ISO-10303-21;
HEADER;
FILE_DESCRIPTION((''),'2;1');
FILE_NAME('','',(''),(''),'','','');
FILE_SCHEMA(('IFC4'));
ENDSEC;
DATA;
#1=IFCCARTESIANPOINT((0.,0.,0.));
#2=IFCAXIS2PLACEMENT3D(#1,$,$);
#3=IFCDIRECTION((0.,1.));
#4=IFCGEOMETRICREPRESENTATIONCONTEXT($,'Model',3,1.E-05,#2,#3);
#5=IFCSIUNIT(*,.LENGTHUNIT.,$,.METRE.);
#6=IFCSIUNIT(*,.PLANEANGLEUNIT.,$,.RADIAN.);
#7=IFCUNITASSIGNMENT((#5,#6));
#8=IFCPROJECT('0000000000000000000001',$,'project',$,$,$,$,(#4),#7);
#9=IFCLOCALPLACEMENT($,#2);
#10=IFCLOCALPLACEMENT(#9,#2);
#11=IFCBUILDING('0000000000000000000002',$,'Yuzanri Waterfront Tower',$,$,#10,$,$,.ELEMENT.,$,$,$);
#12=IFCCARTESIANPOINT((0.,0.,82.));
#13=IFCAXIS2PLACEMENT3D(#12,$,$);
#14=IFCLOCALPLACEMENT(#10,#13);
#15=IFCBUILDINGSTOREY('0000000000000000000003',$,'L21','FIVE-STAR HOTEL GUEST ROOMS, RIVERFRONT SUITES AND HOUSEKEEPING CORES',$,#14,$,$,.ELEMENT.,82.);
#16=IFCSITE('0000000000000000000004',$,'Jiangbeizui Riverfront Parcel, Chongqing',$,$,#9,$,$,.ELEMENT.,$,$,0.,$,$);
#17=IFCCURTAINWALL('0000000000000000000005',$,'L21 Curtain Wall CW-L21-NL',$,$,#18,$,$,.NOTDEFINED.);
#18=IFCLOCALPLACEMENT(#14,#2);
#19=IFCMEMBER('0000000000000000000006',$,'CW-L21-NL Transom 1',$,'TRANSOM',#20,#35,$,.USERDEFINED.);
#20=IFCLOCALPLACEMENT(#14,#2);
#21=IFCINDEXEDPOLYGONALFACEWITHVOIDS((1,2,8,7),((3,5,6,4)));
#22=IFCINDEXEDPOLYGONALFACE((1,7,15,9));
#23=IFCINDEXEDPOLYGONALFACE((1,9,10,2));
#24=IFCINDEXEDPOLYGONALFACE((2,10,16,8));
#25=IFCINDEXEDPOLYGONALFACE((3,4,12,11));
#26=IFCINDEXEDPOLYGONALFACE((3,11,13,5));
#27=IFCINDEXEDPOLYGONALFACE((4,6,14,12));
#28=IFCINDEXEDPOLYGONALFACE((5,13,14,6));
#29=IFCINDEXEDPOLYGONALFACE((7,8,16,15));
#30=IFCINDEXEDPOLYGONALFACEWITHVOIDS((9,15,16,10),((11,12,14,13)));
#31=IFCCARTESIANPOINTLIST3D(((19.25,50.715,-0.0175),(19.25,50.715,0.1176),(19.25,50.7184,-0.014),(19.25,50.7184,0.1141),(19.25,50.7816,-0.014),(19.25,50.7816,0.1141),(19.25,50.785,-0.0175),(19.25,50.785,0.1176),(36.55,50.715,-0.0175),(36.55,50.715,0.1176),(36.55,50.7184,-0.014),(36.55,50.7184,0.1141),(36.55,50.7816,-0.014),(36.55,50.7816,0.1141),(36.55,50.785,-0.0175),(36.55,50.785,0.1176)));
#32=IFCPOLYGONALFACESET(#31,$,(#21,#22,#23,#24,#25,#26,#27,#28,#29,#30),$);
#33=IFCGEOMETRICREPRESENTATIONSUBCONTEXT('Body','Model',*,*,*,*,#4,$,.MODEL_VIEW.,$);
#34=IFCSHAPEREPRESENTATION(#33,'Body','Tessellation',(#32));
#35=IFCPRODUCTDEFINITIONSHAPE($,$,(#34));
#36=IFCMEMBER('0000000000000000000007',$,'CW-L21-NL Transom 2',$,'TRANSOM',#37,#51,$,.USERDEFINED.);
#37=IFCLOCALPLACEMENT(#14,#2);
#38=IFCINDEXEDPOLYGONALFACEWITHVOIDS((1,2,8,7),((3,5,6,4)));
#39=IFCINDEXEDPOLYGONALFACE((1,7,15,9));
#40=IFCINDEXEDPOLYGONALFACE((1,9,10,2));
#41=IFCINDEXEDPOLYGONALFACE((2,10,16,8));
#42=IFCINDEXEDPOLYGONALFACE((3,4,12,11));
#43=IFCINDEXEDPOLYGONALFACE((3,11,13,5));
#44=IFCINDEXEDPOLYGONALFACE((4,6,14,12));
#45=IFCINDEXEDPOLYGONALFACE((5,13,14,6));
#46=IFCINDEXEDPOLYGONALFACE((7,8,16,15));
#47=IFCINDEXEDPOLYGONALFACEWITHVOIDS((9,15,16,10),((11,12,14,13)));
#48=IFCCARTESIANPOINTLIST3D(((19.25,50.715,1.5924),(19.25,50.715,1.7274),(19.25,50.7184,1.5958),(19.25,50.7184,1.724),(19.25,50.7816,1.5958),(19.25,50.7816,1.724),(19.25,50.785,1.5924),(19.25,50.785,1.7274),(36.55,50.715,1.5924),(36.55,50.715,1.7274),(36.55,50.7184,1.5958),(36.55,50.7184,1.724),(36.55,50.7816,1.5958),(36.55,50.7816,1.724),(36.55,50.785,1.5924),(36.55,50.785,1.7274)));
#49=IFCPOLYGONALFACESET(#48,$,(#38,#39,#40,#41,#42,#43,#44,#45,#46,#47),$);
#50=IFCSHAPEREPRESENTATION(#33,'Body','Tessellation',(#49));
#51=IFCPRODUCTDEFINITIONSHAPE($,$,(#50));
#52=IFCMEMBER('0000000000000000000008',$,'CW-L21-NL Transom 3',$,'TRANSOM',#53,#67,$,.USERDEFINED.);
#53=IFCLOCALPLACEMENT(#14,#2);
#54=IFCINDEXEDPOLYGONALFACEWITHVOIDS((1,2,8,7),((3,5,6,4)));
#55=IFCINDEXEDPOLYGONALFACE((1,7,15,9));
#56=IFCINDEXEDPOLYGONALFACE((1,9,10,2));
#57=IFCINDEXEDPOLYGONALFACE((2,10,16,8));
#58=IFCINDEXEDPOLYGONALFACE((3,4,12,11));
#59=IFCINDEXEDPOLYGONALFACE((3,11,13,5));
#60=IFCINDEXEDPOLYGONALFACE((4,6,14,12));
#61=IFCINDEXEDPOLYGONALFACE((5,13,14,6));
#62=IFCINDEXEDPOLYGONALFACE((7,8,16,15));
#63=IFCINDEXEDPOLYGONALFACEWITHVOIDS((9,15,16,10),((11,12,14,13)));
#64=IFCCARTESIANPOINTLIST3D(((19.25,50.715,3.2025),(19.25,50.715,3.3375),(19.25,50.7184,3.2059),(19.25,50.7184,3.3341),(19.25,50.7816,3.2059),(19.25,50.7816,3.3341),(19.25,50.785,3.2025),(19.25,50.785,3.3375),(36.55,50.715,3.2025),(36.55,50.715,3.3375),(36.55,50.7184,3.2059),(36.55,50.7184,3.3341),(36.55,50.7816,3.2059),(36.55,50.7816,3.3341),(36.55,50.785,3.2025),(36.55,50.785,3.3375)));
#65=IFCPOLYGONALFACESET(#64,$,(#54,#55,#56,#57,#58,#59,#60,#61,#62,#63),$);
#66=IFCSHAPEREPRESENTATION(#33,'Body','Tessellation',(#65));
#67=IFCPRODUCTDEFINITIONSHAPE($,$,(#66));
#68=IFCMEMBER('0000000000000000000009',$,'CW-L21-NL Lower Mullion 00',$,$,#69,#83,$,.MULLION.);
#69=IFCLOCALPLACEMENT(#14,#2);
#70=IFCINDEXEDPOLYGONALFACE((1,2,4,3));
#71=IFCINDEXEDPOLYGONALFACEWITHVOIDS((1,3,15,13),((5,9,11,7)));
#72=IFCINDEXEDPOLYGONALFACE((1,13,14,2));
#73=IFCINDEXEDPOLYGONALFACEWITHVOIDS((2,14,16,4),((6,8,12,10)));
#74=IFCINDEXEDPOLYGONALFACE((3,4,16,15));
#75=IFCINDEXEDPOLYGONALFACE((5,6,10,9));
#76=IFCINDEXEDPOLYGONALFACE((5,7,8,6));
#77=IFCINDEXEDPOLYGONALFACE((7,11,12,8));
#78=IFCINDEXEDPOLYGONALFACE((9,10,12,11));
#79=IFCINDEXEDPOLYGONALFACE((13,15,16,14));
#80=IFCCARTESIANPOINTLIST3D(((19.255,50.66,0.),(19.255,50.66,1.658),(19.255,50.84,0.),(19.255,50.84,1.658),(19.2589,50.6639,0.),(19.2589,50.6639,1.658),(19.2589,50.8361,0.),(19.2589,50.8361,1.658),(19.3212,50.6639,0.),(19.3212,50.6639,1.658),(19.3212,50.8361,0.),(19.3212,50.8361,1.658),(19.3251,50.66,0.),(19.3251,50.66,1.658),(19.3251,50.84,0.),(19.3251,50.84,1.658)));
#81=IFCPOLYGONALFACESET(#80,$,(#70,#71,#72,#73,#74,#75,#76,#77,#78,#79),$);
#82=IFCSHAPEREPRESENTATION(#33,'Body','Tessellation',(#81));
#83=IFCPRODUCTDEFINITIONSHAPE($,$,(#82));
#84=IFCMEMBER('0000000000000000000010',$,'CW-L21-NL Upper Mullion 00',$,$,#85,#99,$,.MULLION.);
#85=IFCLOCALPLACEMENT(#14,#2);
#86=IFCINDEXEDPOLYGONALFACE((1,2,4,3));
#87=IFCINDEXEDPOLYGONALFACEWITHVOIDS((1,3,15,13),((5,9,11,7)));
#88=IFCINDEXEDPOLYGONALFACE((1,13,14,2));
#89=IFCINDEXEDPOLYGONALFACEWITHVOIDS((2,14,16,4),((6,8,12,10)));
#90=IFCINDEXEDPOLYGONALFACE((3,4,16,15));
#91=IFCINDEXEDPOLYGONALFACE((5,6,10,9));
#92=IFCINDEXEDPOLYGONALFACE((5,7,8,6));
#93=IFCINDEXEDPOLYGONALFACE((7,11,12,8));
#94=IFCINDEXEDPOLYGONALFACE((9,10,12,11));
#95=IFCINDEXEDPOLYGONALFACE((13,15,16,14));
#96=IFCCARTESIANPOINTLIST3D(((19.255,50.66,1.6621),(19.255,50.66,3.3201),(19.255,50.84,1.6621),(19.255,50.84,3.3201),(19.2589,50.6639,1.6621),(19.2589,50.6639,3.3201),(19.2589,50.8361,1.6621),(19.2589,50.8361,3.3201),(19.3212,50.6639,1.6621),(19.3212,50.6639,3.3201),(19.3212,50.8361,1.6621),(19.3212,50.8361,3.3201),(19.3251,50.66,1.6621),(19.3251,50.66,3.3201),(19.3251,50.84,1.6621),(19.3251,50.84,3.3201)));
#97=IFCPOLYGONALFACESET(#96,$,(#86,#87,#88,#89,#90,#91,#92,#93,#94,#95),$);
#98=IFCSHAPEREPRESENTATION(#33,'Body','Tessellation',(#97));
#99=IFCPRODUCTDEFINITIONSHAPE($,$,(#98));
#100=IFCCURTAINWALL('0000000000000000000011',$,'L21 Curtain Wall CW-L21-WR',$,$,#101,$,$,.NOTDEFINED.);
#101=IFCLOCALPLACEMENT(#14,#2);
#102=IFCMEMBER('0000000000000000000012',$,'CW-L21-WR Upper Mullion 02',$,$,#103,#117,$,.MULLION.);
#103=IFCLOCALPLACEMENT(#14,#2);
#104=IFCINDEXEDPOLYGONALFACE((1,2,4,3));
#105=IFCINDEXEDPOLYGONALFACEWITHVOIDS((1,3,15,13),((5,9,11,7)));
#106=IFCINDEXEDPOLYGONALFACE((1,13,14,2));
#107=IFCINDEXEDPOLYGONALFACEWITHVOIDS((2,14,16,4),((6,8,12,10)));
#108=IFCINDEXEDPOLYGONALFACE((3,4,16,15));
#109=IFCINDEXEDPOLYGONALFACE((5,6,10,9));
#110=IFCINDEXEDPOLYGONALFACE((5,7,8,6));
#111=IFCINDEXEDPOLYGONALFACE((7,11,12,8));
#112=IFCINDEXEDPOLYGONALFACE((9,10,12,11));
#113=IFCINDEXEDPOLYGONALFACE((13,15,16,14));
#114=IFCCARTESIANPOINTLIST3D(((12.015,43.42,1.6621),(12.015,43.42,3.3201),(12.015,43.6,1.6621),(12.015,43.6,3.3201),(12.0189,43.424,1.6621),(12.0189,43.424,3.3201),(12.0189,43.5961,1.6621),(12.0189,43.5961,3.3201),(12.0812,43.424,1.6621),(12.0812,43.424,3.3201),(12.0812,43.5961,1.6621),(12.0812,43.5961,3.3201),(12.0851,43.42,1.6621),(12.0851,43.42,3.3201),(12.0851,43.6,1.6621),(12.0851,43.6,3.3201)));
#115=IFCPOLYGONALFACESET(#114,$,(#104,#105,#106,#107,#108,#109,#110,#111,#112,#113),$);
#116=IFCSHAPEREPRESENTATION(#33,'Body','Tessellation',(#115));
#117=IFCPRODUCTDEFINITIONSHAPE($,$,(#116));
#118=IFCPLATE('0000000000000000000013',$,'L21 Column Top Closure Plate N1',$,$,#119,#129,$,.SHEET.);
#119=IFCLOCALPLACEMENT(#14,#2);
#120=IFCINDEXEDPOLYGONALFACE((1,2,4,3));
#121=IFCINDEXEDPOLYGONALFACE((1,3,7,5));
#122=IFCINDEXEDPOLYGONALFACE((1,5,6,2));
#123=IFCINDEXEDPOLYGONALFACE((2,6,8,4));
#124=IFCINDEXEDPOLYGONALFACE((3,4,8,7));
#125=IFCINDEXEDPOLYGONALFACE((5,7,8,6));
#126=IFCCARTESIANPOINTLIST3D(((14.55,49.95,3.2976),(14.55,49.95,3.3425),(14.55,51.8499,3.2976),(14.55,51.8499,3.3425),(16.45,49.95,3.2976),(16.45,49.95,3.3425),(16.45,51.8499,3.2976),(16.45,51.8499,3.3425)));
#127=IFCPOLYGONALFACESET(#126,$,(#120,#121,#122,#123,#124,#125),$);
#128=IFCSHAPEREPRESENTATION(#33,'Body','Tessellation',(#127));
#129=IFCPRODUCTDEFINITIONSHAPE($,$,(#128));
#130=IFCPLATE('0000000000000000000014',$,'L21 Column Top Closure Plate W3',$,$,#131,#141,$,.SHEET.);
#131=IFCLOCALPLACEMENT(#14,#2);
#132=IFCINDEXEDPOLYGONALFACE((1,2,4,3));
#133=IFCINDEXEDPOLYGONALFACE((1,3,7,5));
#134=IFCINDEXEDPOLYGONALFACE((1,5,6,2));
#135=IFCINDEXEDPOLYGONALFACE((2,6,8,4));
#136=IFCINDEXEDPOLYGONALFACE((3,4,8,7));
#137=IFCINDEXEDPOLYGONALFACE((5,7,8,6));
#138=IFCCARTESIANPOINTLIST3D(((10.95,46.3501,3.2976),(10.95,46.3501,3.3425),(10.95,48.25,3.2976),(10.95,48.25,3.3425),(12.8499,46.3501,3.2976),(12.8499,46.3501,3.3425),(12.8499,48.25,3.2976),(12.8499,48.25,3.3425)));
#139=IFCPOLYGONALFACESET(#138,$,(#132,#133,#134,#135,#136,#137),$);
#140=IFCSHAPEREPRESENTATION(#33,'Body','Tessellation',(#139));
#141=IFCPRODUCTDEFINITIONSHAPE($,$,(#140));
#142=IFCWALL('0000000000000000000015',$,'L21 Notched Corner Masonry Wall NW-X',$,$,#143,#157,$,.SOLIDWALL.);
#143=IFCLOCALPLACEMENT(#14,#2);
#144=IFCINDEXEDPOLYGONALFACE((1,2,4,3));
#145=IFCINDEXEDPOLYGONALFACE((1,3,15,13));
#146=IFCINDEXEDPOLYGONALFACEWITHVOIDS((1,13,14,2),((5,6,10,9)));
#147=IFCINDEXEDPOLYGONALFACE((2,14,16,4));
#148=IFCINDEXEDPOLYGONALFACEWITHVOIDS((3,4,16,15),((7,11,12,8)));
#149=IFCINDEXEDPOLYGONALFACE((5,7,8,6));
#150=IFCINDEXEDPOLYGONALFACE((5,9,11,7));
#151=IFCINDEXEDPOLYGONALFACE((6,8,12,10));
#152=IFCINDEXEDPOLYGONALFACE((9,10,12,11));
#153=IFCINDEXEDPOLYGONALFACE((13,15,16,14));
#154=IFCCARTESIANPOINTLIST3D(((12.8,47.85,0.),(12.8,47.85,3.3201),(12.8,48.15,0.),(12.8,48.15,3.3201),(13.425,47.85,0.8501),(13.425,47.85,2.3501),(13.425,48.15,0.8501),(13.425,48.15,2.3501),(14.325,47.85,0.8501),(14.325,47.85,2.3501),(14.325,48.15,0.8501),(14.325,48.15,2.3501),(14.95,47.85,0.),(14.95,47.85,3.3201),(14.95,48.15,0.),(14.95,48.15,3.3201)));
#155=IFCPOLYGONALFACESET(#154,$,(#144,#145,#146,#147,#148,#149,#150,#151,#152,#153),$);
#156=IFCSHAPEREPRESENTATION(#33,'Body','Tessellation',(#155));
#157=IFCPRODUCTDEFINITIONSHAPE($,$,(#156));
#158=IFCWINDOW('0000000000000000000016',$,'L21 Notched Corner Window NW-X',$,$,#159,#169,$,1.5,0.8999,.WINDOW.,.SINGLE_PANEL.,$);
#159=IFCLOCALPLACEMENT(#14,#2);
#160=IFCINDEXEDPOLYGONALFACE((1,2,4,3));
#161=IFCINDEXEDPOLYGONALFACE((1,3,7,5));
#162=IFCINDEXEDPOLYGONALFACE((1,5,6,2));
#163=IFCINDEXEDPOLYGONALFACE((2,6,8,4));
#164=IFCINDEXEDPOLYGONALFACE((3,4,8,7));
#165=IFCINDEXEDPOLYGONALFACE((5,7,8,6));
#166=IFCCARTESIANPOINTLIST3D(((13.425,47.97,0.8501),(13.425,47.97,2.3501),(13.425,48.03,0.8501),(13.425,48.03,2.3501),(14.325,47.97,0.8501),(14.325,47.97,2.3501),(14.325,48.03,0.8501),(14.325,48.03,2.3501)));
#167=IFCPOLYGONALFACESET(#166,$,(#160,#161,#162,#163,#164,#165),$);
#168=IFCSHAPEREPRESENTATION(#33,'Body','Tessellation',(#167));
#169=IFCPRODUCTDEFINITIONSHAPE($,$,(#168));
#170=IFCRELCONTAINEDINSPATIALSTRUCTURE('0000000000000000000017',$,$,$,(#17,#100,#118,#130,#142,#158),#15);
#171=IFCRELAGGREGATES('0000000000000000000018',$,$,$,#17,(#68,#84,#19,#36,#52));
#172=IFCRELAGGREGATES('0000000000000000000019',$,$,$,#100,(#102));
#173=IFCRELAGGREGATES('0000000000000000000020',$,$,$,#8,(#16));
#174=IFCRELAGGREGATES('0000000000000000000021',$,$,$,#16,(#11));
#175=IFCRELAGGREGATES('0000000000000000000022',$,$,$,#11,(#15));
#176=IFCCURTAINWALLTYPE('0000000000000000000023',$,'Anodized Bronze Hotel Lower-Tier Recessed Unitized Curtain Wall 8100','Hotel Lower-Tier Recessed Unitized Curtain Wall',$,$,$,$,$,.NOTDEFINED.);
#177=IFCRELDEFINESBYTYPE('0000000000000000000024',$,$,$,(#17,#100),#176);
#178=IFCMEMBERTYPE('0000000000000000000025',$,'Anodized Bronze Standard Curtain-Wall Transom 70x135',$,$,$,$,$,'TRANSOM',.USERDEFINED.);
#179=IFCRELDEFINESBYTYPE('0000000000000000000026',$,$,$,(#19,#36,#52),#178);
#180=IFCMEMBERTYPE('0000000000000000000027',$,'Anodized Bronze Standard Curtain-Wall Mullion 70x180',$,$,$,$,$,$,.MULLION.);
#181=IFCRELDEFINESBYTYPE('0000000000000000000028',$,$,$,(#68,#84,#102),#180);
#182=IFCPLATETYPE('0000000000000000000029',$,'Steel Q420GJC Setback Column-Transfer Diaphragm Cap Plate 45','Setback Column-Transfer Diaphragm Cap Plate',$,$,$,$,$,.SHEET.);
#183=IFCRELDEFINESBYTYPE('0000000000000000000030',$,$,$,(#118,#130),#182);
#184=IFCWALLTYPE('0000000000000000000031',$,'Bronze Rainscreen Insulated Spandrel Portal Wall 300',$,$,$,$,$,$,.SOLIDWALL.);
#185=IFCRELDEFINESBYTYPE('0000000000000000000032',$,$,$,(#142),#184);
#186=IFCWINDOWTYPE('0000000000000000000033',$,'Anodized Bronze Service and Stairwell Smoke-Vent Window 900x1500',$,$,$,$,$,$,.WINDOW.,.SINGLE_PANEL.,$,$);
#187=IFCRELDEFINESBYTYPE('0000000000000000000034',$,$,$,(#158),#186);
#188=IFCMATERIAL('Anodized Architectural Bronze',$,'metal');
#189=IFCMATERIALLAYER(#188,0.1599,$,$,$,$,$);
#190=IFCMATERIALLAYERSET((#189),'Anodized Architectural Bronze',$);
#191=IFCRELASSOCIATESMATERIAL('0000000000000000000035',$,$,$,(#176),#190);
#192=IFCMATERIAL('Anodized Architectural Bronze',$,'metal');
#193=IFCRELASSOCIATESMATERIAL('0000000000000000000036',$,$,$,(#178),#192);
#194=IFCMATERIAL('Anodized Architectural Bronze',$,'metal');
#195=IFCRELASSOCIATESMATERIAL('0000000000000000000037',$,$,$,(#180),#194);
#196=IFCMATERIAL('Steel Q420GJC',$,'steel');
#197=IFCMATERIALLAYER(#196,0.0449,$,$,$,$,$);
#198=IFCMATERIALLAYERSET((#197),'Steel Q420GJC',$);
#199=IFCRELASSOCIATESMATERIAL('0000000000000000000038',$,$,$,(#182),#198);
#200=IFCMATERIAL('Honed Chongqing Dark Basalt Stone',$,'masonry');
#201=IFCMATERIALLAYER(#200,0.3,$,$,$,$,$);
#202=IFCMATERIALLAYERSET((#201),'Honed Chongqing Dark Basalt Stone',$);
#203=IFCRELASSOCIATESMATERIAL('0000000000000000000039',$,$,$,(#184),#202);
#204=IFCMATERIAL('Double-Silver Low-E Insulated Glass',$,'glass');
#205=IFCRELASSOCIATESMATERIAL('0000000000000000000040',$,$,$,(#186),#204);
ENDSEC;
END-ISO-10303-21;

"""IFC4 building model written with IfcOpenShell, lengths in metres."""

from ifc_helpers import new_model, si_unit, direction, frame, frame_2d, origin, origin_2d, place, context, subcontext, project, spatial, rectangle, hollow_rectangle, extrude, source, transform, mapped, material, layer, layer_set, material_profile, profile_set, type_object, element, fill, aggregate, save


model = new_model("IFC4")

# Units and contexts
model_context = context("Model", 3, precision=1e-05, world=origin(), true_north=direction((0.0, 1.0)))
body_context = subcontext(model_context, "Body", "Model", "MODEL_VIEW")
ifc_project = project(units=[si_unit("LENGTHUNIT", "METRE"), si_unit("PLANEANGLEUNIT", "RADIAN")], contexts=[model_context])

# Site, building, storey
site_placement = place(None, origin())
site = spatial("IfcSite", under=ifc_project, at=site_placement, Name="Jiangbeizui Riverfront Parcel, Chongqing", CompositionType="ELEMENT", RefElevation=0.0)
building_placement = place(site_placement, origin())
building = spatial("IfcBuilding", under=site, at=building_placement, Name="Yuzanri Waterfront Tower", CompositionType="ELEMENT")
storey_placement = place(building_placement, frame((0.0, 0.0, 82.0)))
storey = spatial("IfcBuildingStorey", under=building, at=storey_placement, Name="L21", Description="FIVE-STAR HOTEL GUEST ROOMS, RIVERFRONT SUITES AND HOUSEKEEPING CORES", CompositionType="ELEMENT", Elevation=82.0)

# Curtain wall, members
ifc_material_1 = material(Name="Anodized Architectural Bronze", Category="metal")
ifc_layer_1 = layer(ifc_material_1, 0.1599)
ifc_layer_set_1 = layer_set([ifc_layer_1], Name="Anodized Architectural Bronze")
curtain_wall_type = type_object("IfcCurtainWallType", Name="Anodized Bronze Hotel Lower-Tier Recessed Unitized Curtain Wall 8100", Description="Hotel Lower-Tier Recessed Unitized Curtain Wall", PredefinedType="NOTDEFINED", material=ifc_layer_set_1)
curtain_wall_1_placement = place(storey_placement, origin())
curtain_wall_1 = element("IfcCurtainWall", 1, at=curtain_wall_1_placement, inside=storey, type_object=curtain_wall_type, Name="L21 Curtain Wall CW-L21-NL", PredefinedType="NOTDEFINED")
ifc_material_2 = material(Name="Anodized Architectural Bronze", Category="metal")
ifc_material_profile_1 = material_profile(ifc_material_2, hollow_rectangle(XDim=0.0701, YDim=0.135, WallThickness=0.0034, at=origin_2d()), Name="CWT 70x135")
ifc_profile_set_1 = profile_set([ifc_material_profile_1], Name="Anodized Architectural Bronze")
member_type_1 = type_object("IfcMemberType", Name="Anodized Bronze Standard Curtain-Wall Transom 70x135", ElementType="TRANSOM", PredefinedType="USERDEFINED", material=ifc_profile_set_1)
shared_shape_1 = source(origin(), body_context, "Body", "SweptSolid", [
    extrude(hollow_rectangle(XDim=0.0701, YDim=0.135, WallThickness=0.0034, at=origin_2d()), origin(), (0.0, 0.0, 1.0), 17.3),
])
member_1_placement = place(storey_placement, frame((19.25, 50.75, 0.05), z_axis=(1.0, 0.0, 0.0), x_axis=(0.0, 1.0, 0.0)))
member_1 = element("IfcMember", 2, at=member_1_placement, type_object=member_type_1, Name="CW-L21-NL Transom 1", ObjectType="TRANSOM", PredefinedType="USERDEFINED", context=body_context, shape_type="MappedRepresentation", body=[
    mapped(shared_shape_1, transform((0.0, 0.0, 0.0), scale=1.0)),
])
member_2_placement = place(storey_placement, frame((19.25, 50.75, 1.6599), z_axis=(1.0, 0.0, 0.0), x_axis=(0.0, 1.0, 0.0)))
member_2 = element("IfcMember", 3, at=member_2_placement, type_object=member_type_1, Name="CW-L21-NL Transom 2", ObjectType="TRANSOM", PredefinedType="USERDEFINED", context=body_context, shape_type="MappedRepresentation", body=[
    mapped(shared_shape_1, transform((0.0, 0.0, 0.0), scale=1.0)),
])
member_3_placement = place(storey_placement, frame((19.25, 50.75, 3.27), z_axis=(1.0, 0.0, 0.0), x_axis=(0.0, 1.0, 0.0)))
member_3 = element("IfcMember", 4, at=member_3_placement, type_object=member_type_1, Name="CW-L21-NL Transom 3", ObjectType="TRANSOM", PredefinedType="USERDEFINED", context=body_context, shape_type="MappedRepresentation", body=[
    mapped(shared_shape_1, transform((0.0, 0.0, 0.0), scale=1.0)),
])
ifc_material_3 = material(Name="Anodized Architectural Bronze", Category="metal")
ifc_material_profile_2 = material_profile(ifc_material_3, hollow_rectangle(XDim=0.0701, YDim=0.1799, WallThickness=0.0039, at=origin_2d()), Name="CWM 70x180")
ifc_profile_set_2 = profile_set([ifc_material_profile_2], Name="Anodized Architectural Bronze")
member_type_2 = type_object("IfcMemberType", Name="Anodized Bronze Standard Curtain-Wall Mullion 70x180", PredefinedType="MULLION", material=ifc_profile_set_2)
shared_shape_2 = source(origin(), body_context, "Body", "SweptSolid", [
    extrude(hollow_rectangle(XDim=0.0701, YDim=0.1799, WallThickness=0.0039, at=origin_2d()), origin(), (0.0, 0.0, 1.0), 1.658),
])
member_4_placement = place(storey_placement, frame((19.29, 50.75, 0.0), z_axis=(0.0, 0.0, 1.0), x_axis=(1.0, 0.0, 0.0)))
member_4 = element("IfcMember", 5, at=member_4_placement, type_object=member_type_2, Name="CW-L21-NL Lower Mullion 00", PredefinedType="MULLION", context=body_context, shape_type="MappedRepresentation", body=[
    mapped(shared_shape_2, transform((0.0, 0.0, 0.0), scale=1.0)),
])
member_5_placement = place(storey_placement, frame((19.29, 50.75, 1.6621), z_axis=(0.0, 0.0, 1.0), x_axis=(1.0, 0.0, 0.0)))
member_5 = element("IfcMember", 6, at=member_5_placement, type_object=member_type_2, Name="CW-L21-NL Upper Mullion 00", PredefinedType="MULLION", context=body_context, shape_type="MappedRepresentation", body=[
    mapped(shared_shape_2, transform((0.0, 0.0, 0.0), scale=1.0)),
])
aggregate(curtain_wall_1, [member_4, member_5, member_1, member_2, member_3])

# Curtain wall, member
curtain_wall_2_placement = place(storey_placement, origin())
curtain_wall_2 = element("IfcCurtainWall", 7, at=curtain_wall_2_placement, inside=storey, type_object=curtain_wall_type, Name="L21 Curtain Wall CW-L21-WR", PredefinedType="NOTDEFINED")
member_6_placement = place(storey_placement, frame((12.05, 43.51, 1.6621), z_axis=(0.0, 0.0, 1.0), x_axis=(1.0, 0.0, 0.0)))
member_6 = element("IfcMember", 8, at=member_6_placement, type_object=member_type_2, Name="CW-L21-WR Upper Mullion 02", PredefinedType="MULLION", context=body_context, shape_type="MappedRepresentation", body=[
    mapped(shared_shape_2, transform((0.0, 0.0, 0.0), scale=1.0)),
])
aggregate(curtain_wall_2, [member_6])

# Plates
ifc_material_4 = material(Name="Steel Q420GJC", Category="steel")
ifc_layer_2 = layer(ifc_material_4, 0.0449)
ifc_layer_set_2 = layer_set([ifc_layer_2], Name="Steel Q420GJC")
plate_type = type_object("IfcPlateType", Name="Steel Q420GJC Setback Column-Transfer Diaphragm Cap Plate 45", Description="Setback Column-Transfer Diaphragm Cap Plate", PredefinedType="SHEET", material=ifc_layer_set_2)
shared_shape_3 = source(origin(), body_context, "Body", "SweptSolid", [
    extrude(rectangle(XDim=1.8999, YDim=1.8999, at=origin_2d()), origin(), (0.0, 0.0, 1.0), 0.0449),
])
for number, where, z_axis, x_axis, name in (
    (9, (15.5, 50.8999, 3.2976), (0.0, 0.0, 1.0), (1.0, 0.0, 0.0), "L21 Column Top Closure Plate N1"),
    (10, (11.8999, 47.3, 3.2976), (0.0, 0.0, 1.0), (1.0, 0.0, 0.0), "L21 Column Top Closure Plate W3"),
):
    element("IfcPlate", number, at=place(storey_placement, frame(where, z_axis=z_axis, x_axis=x_axis)), inside=storey, type_object=plate_type, Name=name, PredefinedType="SHEET", context=body_context, shape_type="MappedRepresentation", body=[
        mapped(shared_shape_3, transform((0.0, 0.0, 0.0), scale=1.0)),
    ])

# Wall, opening, window
ifc_material_5 = material(Name="Honed Chongqing Dark Basalt Stone", Category="masonry")
ifc_layer_3 = layer(ifc_material_5, 0.3)
ifc_layer_set_3 = layer_set([ifc_layer_3], Name="Honed Chongqing Dark Basalt Stone")
wall_type = type_object("IfcWallType", Name="Bronze Rainscreen Insulated Spandrel Portal Wall 300", PredefinedType="SOLIDWALL", material=ifc_layer_set_3)
wall_1_placement = place(storey_placement, frame((14.95, 48.0, 0.0), z_axis=(0.0, 0.0, 1.0), x_axis=(-1.0, 0.0, 0.0)))
wall_1 = element("IfcWall", 11, at=wall_1_placement, inside=storey, type_object=wall_type, Name="L21 Notched Corner Masonry Wall NW-X", PredefinedType="SOLIDWALL", context=body_context, shape_type="SweptSolid", body=[
    extrude(rectangle(XDim=2.1499, YDim=0.3, at=frame_2d((1.075, 0.0))), origin(), (0.0, 0.0, 1.0), 3.3201),
])
opening_1_placement = place(wall_1_placement, frame((0.625, 0.0, 0.8501)))
opening_1 = element("IfcOpeningElement", 12, at=opening_1_placement, cuts=wall_1, PredefinedType="OPENING", context=body_context, shape_type="SweptSolid", body=[
    extrude(rectangle(XDim=0.8999, YDim=1.5, at=frame_2d((0.45, 0.75))), frame((0.0, 0.165, 0.0), z_axis=(0.0, -1.0, 0.0), x_axis=(1.0, 0.0, 0.0)), (0.0, 0.0, 1.0), 0.3298),
])
ifc_material_6 = material(Name="Double-Silver Low-E Insulated Glass", Category="glass")
window_type_1 = type_object("IfcWindowType", Name="Anodized Bronze Service and Stairwell Smoke-Vent Window 900x1500", PartitioningType="SINGLE_PANEL", PredefinedType="WINDOW", material=ifc_material_6)
shared_shape_4 = source(origin(), body_context, "Body", "SweptSolid", [
    extrude(rectangle(XDim=0.8999, YDim=1.5, at=frame_2d((0.45, 0.75))), frame((0.0, 0.03, 0.0), z_axis=(0.0, -1.0, 0.0), x_axis=(1.0, 0.0, 0.0)), (0.0, 0.0, 1.0), 0.0601),
])
window_1_placement = place(opening_1_placement, origin())
window_1 = element("IfcWindow", 13, at=window_1_placement, inside=storey, type_object=window_type_1, Name="L21 Notched Corner Window NW-X", OverallHeight=1.5, OverallWidth=0.8999, PartitioningType="SINGLE_PANEL", PredefinedType="WINDOW", context=body_context, shape_type="MappedRepresentation", body=[
    mapped(shared_shape_4, transform((0.0, 0.0, 0.0), scale=1.0)),
])
fill(opening_1, window_1)

save(model, "model.ifc")
